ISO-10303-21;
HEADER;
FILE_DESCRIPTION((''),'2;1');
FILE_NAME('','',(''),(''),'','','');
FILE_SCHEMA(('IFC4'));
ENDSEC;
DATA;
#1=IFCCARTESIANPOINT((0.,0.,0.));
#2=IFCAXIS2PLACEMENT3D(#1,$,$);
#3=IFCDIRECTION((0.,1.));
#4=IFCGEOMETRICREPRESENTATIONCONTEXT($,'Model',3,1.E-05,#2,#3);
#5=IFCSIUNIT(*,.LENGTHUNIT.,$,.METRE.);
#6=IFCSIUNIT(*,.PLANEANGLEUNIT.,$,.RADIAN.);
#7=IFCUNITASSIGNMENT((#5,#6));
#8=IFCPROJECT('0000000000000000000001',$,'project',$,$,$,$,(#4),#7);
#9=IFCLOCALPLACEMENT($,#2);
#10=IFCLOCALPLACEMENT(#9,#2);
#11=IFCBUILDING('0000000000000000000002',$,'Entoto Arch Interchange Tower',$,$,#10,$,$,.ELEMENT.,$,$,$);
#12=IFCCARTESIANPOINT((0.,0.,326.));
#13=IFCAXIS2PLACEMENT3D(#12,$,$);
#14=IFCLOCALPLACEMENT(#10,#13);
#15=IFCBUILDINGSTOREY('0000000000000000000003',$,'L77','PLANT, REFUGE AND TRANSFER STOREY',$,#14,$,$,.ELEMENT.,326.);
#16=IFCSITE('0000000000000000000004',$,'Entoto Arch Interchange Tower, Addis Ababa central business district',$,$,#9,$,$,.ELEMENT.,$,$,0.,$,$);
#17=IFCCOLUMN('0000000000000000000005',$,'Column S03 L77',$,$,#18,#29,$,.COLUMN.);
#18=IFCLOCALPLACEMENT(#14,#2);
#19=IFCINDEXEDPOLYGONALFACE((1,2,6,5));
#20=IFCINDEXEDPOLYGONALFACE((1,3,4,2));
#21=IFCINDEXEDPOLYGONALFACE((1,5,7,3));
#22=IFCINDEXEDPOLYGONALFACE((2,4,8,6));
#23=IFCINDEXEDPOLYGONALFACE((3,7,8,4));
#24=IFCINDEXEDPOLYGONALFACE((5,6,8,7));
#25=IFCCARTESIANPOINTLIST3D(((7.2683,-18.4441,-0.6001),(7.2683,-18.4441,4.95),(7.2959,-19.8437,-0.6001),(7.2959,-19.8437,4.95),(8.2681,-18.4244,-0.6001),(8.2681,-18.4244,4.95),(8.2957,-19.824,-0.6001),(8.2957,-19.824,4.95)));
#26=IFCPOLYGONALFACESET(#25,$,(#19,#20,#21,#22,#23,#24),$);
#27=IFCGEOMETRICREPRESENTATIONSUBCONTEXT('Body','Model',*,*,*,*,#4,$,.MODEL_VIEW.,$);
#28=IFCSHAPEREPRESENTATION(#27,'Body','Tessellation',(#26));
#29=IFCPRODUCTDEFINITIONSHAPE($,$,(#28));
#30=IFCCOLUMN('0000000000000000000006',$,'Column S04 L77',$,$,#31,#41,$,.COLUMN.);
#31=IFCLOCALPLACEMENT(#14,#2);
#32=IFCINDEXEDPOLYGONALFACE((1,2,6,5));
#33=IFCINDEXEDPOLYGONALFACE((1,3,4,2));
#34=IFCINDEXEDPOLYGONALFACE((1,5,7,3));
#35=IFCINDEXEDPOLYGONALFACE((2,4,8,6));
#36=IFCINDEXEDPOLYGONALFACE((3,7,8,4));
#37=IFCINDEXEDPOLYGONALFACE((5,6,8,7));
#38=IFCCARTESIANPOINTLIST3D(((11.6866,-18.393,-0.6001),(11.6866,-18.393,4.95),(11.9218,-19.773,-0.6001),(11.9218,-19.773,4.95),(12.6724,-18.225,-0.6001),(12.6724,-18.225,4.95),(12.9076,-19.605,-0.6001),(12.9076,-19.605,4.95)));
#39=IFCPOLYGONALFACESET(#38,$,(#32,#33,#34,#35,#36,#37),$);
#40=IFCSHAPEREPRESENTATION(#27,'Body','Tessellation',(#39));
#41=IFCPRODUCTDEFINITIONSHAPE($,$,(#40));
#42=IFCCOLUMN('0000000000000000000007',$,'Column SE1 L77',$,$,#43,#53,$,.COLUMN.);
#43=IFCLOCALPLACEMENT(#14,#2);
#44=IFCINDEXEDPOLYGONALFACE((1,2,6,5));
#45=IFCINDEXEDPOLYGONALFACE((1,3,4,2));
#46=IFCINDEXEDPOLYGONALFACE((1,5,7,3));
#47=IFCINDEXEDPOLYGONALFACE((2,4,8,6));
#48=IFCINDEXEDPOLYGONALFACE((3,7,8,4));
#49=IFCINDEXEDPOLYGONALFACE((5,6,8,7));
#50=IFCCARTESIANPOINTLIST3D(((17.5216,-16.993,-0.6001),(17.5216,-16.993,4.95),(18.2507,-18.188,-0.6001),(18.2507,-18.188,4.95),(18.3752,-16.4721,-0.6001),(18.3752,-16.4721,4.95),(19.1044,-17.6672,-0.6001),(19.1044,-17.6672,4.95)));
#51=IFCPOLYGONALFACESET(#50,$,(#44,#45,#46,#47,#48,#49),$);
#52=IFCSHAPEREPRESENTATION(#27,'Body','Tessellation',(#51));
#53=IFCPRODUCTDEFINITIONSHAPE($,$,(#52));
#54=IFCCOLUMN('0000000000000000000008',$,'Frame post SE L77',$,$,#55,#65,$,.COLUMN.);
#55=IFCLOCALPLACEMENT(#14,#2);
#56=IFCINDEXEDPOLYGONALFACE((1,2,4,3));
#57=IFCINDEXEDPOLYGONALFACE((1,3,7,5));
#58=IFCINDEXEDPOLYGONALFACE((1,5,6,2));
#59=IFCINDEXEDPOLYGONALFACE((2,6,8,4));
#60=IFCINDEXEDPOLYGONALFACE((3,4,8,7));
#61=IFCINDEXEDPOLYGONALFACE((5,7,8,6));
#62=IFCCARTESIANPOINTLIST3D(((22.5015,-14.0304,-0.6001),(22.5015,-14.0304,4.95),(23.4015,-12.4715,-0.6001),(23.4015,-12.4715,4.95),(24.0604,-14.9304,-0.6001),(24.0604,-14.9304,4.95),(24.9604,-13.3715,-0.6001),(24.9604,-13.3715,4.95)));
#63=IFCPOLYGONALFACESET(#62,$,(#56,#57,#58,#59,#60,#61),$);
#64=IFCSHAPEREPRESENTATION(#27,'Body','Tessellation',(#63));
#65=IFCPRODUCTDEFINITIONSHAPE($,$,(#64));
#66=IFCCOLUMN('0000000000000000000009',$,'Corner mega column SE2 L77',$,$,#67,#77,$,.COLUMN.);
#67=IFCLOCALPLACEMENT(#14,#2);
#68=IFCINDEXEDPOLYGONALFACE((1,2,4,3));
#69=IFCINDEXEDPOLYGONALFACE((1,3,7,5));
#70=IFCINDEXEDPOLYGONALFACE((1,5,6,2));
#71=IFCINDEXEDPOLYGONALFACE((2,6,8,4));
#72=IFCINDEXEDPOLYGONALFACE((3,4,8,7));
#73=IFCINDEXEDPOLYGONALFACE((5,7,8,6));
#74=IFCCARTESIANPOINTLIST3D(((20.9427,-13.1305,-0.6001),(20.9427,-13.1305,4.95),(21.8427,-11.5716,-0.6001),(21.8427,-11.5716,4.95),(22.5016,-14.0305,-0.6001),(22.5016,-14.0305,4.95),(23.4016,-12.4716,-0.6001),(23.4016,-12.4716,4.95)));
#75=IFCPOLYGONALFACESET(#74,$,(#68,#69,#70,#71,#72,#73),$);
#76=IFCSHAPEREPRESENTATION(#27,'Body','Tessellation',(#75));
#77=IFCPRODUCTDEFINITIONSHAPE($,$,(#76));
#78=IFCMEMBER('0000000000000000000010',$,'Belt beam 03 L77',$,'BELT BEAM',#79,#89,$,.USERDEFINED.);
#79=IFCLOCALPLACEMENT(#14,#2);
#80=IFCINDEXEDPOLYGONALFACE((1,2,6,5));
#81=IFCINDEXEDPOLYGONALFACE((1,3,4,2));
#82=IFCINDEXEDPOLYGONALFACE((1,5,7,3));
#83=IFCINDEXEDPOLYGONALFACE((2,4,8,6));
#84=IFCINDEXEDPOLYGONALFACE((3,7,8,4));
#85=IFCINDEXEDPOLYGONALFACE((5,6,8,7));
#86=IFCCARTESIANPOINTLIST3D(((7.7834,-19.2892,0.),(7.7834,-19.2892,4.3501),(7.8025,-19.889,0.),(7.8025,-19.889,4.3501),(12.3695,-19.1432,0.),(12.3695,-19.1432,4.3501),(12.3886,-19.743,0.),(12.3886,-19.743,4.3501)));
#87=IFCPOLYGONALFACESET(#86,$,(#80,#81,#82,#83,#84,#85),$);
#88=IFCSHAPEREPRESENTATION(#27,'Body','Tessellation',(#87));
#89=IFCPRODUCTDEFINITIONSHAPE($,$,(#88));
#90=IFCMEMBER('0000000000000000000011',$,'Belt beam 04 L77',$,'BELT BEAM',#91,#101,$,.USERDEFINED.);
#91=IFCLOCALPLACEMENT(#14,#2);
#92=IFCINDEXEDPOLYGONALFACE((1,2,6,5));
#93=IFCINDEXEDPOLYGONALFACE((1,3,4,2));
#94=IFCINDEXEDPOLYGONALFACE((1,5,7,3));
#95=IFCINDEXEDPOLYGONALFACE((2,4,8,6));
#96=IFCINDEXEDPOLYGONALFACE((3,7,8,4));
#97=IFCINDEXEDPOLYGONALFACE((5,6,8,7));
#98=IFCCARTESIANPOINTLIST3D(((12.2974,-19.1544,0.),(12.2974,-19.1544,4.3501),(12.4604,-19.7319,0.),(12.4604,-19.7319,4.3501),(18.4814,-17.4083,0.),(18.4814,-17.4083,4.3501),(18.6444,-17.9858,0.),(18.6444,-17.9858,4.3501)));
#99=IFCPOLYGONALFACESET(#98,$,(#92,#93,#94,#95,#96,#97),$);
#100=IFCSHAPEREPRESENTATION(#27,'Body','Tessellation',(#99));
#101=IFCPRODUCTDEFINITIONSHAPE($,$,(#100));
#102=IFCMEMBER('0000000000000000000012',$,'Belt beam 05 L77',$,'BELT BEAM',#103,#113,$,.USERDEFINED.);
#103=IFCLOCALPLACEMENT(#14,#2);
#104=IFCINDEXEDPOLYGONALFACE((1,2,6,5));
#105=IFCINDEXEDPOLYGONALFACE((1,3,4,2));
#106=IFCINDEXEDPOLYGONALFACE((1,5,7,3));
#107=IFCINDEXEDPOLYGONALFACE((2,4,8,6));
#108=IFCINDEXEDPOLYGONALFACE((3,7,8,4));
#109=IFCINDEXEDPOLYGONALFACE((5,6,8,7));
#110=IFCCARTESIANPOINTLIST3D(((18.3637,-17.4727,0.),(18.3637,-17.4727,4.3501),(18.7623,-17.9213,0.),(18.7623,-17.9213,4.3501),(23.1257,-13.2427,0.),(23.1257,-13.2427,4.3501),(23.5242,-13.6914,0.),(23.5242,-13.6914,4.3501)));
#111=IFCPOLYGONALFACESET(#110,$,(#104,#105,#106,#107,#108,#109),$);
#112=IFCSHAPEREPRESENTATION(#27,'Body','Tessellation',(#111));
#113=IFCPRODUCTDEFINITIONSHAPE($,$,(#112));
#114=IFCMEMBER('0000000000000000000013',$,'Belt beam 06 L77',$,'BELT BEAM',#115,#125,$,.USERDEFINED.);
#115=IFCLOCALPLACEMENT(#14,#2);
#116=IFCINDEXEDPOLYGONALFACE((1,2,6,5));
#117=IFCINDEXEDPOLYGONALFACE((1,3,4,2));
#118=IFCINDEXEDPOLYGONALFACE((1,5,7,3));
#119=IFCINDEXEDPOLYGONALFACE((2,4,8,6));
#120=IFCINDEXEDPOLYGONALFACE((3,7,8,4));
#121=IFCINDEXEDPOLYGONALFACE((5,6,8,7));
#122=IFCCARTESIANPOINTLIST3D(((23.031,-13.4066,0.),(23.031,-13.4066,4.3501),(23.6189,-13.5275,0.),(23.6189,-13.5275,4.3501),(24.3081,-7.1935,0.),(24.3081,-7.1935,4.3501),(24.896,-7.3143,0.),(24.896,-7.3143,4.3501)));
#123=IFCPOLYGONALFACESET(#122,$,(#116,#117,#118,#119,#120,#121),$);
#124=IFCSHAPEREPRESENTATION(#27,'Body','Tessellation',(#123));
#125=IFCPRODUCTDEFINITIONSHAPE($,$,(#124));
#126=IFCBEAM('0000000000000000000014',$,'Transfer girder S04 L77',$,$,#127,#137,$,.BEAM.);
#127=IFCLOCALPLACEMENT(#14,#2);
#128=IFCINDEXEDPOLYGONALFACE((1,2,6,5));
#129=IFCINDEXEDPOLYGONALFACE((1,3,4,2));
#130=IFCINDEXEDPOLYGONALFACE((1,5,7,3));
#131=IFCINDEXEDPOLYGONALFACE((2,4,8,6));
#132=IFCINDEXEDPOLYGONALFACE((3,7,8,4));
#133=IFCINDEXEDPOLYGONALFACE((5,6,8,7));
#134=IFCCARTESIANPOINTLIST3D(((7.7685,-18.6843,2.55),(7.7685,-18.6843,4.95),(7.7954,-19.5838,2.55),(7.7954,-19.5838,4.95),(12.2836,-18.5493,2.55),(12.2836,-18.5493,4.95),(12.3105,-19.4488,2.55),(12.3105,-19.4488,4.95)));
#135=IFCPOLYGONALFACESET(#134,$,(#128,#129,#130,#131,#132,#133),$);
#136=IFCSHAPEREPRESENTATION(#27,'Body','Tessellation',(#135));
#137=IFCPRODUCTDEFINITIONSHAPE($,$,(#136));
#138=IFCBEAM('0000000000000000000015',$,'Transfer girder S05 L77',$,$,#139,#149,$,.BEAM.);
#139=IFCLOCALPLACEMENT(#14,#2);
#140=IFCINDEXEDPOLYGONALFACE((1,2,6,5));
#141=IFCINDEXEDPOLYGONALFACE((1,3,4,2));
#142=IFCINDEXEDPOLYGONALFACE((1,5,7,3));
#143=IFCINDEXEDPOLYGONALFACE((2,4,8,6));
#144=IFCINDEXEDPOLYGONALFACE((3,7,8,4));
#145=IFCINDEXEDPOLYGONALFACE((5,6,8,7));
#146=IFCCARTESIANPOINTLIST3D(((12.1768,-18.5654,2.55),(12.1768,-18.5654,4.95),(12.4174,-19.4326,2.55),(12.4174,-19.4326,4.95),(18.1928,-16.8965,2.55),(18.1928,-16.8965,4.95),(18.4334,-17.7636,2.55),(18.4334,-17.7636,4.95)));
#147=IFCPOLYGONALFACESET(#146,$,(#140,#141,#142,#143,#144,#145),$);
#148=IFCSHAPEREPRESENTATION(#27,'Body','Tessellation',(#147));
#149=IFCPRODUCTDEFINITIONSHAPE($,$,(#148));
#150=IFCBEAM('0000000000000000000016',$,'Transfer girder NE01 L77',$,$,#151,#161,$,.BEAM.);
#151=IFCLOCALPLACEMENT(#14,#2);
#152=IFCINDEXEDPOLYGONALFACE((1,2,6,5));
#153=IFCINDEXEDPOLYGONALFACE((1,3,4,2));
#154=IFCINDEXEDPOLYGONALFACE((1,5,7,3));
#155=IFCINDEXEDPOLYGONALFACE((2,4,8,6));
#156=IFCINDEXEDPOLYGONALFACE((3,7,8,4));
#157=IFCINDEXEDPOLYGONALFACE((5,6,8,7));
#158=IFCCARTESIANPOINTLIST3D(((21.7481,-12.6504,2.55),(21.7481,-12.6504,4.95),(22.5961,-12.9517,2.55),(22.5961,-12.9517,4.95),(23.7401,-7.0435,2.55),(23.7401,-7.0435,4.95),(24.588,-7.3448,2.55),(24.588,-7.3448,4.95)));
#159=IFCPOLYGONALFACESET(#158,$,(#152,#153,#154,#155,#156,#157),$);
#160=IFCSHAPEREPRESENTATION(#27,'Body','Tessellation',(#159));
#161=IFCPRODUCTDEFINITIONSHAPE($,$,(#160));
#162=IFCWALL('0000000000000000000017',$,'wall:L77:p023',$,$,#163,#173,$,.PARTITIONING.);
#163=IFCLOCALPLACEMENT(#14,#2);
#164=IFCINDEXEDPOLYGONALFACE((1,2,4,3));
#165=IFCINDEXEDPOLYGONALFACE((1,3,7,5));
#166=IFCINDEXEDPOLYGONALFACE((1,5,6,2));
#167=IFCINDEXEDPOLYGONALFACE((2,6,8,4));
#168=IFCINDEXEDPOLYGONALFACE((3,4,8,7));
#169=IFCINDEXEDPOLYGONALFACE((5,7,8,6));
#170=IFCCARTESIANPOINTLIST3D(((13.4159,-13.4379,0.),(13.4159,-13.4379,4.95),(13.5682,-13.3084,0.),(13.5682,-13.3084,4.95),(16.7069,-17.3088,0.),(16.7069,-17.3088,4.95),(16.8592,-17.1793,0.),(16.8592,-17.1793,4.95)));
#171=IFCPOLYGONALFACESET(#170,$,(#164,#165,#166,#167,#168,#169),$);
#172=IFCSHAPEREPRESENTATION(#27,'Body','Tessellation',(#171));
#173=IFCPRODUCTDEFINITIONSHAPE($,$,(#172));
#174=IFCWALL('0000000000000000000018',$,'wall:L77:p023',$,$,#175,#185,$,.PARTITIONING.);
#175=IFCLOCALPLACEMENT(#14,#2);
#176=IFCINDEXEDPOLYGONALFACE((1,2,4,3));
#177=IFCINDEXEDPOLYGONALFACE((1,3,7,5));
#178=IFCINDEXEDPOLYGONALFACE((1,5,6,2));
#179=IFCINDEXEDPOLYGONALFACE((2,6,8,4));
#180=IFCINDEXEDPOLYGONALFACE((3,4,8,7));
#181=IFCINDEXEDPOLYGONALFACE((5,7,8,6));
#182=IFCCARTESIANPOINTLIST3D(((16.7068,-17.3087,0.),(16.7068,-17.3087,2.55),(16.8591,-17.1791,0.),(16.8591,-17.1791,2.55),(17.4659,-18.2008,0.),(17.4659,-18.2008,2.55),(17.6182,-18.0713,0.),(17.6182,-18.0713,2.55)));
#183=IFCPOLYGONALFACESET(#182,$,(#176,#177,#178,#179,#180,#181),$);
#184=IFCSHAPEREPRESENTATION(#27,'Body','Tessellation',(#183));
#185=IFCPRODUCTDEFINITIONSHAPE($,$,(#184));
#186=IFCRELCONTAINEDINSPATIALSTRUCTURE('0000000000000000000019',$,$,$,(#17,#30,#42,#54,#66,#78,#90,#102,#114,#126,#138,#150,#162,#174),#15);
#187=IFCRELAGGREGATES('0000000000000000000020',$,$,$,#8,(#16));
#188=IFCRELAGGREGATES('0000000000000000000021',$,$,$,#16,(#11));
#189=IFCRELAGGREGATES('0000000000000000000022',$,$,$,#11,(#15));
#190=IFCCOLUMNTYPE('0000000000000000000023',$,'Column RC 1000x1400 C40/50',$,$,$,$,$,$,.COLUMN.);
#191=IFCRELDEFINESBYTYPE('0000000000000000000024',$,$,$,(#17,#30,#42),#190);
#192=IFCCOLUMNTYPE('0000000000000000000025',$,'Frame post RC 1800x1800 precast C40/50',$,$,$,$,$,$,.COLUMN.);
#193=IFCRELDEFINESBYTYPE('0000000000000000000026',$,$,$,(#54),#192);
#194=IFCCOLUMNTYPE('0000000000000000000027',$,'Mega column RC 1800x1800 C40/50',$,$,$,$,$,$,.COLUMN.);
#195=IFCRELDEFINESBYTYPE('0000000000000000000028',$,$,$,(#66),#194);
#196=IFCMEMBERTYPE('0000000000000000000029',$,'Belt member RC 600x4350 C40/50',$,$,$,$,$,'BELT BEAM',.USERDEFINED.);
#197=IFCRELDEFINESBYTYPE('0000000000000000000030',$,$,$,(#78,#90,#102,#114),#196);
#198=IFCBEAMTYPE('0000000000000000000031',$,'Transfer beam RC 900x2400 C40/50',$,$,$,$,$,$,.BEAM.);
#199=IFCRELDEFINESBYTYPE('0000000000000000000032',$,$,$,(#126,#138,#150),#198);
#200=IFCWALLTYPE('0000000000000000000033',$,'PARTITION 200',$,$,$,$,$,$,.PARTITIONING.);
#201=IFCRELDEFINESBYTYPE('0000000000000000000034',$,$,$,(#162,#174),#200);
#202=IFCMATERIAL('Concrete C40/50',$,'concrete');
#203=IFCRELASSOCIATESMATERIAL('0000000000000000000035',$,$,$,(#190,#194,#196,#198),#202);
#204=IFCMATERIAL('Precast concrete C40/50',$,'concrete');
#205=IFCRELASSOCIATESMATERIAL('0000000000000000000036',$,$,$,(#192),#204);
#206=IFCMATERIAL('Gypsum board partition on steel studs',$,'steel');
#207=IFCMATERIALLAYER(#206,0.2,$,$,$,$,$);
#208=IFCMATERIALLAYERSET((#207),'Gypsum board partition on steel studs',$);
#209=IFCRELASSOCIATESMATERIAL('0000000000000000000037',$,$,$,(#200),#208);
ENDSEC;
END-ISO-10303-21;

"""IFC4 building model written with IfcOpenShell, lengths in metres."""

from ifc_helpers import new_model, si_unit, direction, frame, frame_2d, origin, origin_2d, place, context, subcontext, project, spatial, rectangle, extrude, material, layer, layer_set, material_profile, profile_set, type_object, element, save


model = new_model("IFC4")

# Units and contexts
model_context = context("Model", 3, precision=1e-05, world=origin(), true_north=direction((0.0, 1.0)))
body_context = subcontext(model_context, "Body", "Model", "MODEL_VIEW")
ifc_project = project(units=[si_unit("LENGTHUNIT", "METRE"), si_unit("PLANEANGLEUNIT", "RADIAN")], contexts=[model_context])

# Site, building, storey
site_placement = place(None, origin())
site = spatial("IfcSite", under=ifc_project, at=site_placement, Name="Entoto Arch Interchange Tower, Addis Ababa central business district", CompositionType="ELEMENT", RefElevation=0.0)
building_placement = place(site_placement, origin())
building = spatial("IfcBuilding", under=site, at=building_placement, Name="Entoto Arch Interchange Tower", CompositionType="ELEMENT")
storey_placement = place(building_placement, frame((0.0, 0.0, 326.0)))
storey = spatial("IfcBuildingStorey", under=building, at=storey_placement, Name="L77", Description="PLANT, REFUGE AND TRANSFER STOREY", CompositionType="ELEMENT", Elevation=326.0)

# Columns
ifc_material_1 = material(Name="Concrete C40/50", Category="concrete")
ifc_material_profile_1 = material_profile(ifc_material_1, rectangle(XDim=1.0, YDim=1.3999, at=origin_2d()))
ifc_profile_set_1 = profile_set([ifc_material_profile_1], Name="Concrete C40/50")
column_type_1 = type_object("IfcColumnType", Name="Column RC 1000x1400 C40/50", PredefinedType="COLUMN", material=ifc_profile_set_1)
for number, where, z_axis, x_axis, name in (
    (1, (7.782, -19.134, -0.6001), (0.0, 0.0, 1.0), (0.999806, 0.019721, 0.0), "Column S03 L77"),
    (2, (12.2971, -18.999, -0.6001), (0.0, 0.0, 1.0), (0.985786, 0.168008, 0.0), "Column S04 L77"),
    (3, (18.313, -17.3301, -0.6001), (0.0, 0.0, 1.0), (0.853651, 0.520846, 0.0), "Column SE1 L77"),
):
    element("IfcColumn", number, at=place(storey_placement, frame(where, z_axis=z_axis, x_axis=x_axis)), inside=storey, type_object=column_type_1, Name=name, PredefinedType="COLUMN", context=body_context, shape_type="SweptSolid", body=[
        extrude(rectangle(XDim=1.0, YDim=1.3999, at=origin_2d()), origin(), (0.0, 0.0, 1.0), 5.55),
    ])
ifc_material_2 = material(Name="Precast concrete C40/50", Category="concrete")
ifc_material_profile_2 = material_profile(ifc_material_2, rectangle(XDim=1.8, YDim=1.8, at=origin_2d()))
ifc_profile_set_2 = profile_set([ifc_material_profile_2], Name="Precast concrete C40/50")
column_type_2 = type_object("IfcColumnType", Name="Frame post RC 1800x1800 precast C40/50", PredefinedType="COLUMN", material=ifc_profile_set_2)
column_1_placement = place(storey_placement, frame((23.731, -13.7009, -0.6001), z_axis=(0.0, 0.0, 1.0), x_axis=(-0.866025, 0.5, 0.0)))
element("IfcColumn", 4, at=column_1_placement, inside=storey, type_object=column_type_2, Name="Frame post SE L77", PredefinedType="COLUMN", context=body_context, shape_type="SweptSolid", body=[
    extrude(rectangle(XDim=1.8, YDim=1.8, at=origin_2d()), origin(), (0.0, 0.0, 1.0), 5.55),
])
ifc_material_profile_3 = material_profile(ifc_material_1, rectangle(XDim=1.8, YDim=1.8, at=origin_2d()))
ifc_profile_set_3 = profile_set([ifc_material_profile_3], Name="Concrete C40/50")
column_type_3 = type_object("IfcColumnType", Name="Mega column RC 1800x1800 C40/50", PredefinedType="COLUMN", material=ifc_profile_set_3)
column_2_placement = place(storey_placement, frame((22.1721, -12.801, -0.6001), z_axis=(0.0, 0.0, 1.0), x_axis=(-0.866025, 0.5, 0.0)))
element("IfcColumn", 5, at=column_2_placement, inside=storey, type_object=column_type_3, Name="Corner mega column SE2 L77", PredefinedType="COLUMN", context=body_context, shape_type="SweptSolid", body=[
    extrude(rectangle(XDim=1.8, YDim=1.8, at=origin_2d()), origin(), (0.0, 0.0, 1.0), 5.55),
])

# Members
ifc_material_profile_4 = material_profile(ifc_material_1, rectangle(XDim=0.6001, YDim=4.3501, at=origin_2d()))
ifc_profile_set_4 = profile_set([ifc_material_profile_4], Name="Concrete C40/50")
member_type = type_object("IfcMemberType", Name="Belt member RC 600x4350 C40/50", ElementType="BELT BEAM", PredefinedType="USERDEFINED", material=ifc_profile_set_4)
member_1_placement = place(storey_placement, frame((7.793, -19.5891, 2.175), z_axis=(0.999494, 0.031819, 0.0), x_axis=(-0.031819, 0.999494, 0.0)))
element("IfcMember", 6, at=member_1_placement, inside=storey, type_object=member_type, Name="Belt beam 03 L77", ObjectType="BELT BEAM", PredefinedType="USERDEFINED", context=body_context, shape_type="SweptSolid", body=[
    extrude(rectangle(XDim=0.6001, YDim=4.3501, at=origin_2d()), origin(), (0.0, 0.0, 1.0), 4.5884),
])
member_2_placement = place(storey_placement, frame((12.3789, -19.4431, 2.175), z_axis=(0.962374, 0.271729, 0.0), x_axis=(-0.271729, 0.962374, 0.0)))
element("IfcMember", 7, at=member_2_placement, inside=storey, type_object=member_type, Name="Belt beam 04 L77", ObjectType="BELT BEAM", PredefinedType="USERDEFINED", context=body_context, shape_type="SweptSolid", body=[
    extrude(rectangle(XDim=0.6001, YDim=4.3501, at=origin_2d()), origin(), (0.0, 0.0, 1.0), 6.4258),
])
member_3_placement = place(storey_placement, frame((18.563, -17.697, 2.175), z_axis=(0.747633, 0.664112, 0.0), x_axis=(-0.664112, 0.747633, 0.0)))
element("IfcMember", 8, at=member_3_placement, inside=storey, type_object=member_type, Name="Belt beam 05 L77", ObjectType="BELT BEAM", PredefinedType="USERDEFINED", context=body_context, shape_type="SweptSolid", body=[
    extrude(rectangle(XDim=0.6001, YDim=4.3501, at=origin_2d()), origin(), (0.0, 0.0, 1.0), 6.3694),
])
member_4_placement = place(storey_placement, frame((23.325, -13.467, 2.175), z_axis=(0.201339, 0.979522, 0.0), x_axis=(-0.979522, 0.201339, 0.0)))
element("IfcMember", 9, at=member_4_placement, inside=storey, type_object=member_type, Name="Belt beam 06 L77", ObjectType="BELT BEAM", PredefinedType="USERDEFINED", context=body_context, shape_type="SweptSolid", body=[
    extrude(rectangle(XDim=0.6001, YDim=4.3501, at=origin_2d()), origin(), (0.0, 0.0, 1.0), 6.343),
])

# Beams
ifc_material_profile_5 = material_profile(ifc_material_1, rectangle(XDim=0.8999, YDim=2.3999, at=origin_2d()))
ifc_profile_set_5 = profile_set([ifc_material_profile_5], Name="Concrete C40/50")
beam_type = type_object("IfcBeamType", Name="Transfer beam RC 900x2400 C40/50", PredefinedType="BEAM", material=ifc_profile_set_5)
beam_1_placement = place(storey_placement, frame((7.782, -19.134, 3.75), z_axis=(0.999553, 0.029888, 0.0), x_axis=(-0.029888, 0.999553, 0.0)))
element("IfcBeam", 10, at=beam_1_placement, inside=storey, type_object=beam_type, Name="Transfer girder S04 L77", PredefinedType="BEAM", context=body_context, shape_type="SweptSolid", body=[
    extrude(rectangle(XDim=0.8999, YDim=2.3999, at=origin_2d()), origin(), (0.0, 0.0, 1.0), 4.5171),
])
beam_2_placement = place(storey_placement, frame((12.2971, -18.999, 3.75), z_axis=(0.963606, 0.267327, 0.0), x_axis=(-0.267327, 0.963606, 0.0)))
element("IfcBeam", 11, at=beam_2_placement, inside=storey, type_object=beam_type, Name="Transfer girder S05 L77", PredefinedType="BEAM", context=body_context, shape_type="SweptSolid", body=[
    extrude(rectangle(XDim=0.8999, YDim=2.3999, at=origin_2d()), origin(), (0.0, 0.0, 1.0), 6.2432),
])
beam_3_placement = place(storey_placement, frame((22.1721, -12.801, 3.75), z_axis=(0.334766, 0.942301, 0.0), x_axis=(-0.942301, 0.334766, 0.0)))
element("IfcBeam", 12, at=beam_3_placement, inside=storey, type_object=beam_type, Name="Transfer girder NE01 L77", PredefinedType="BEAM", context=body_context, shape_type="SweptSolid", body=[
    extrude(rectangle(XDim=0.8999, YDim=2.3999, at=origin_2d()), origin(), (0.0, 0.0, 1.0), 5.9502),
])

# Walls
ifc_material_3 = material(Name="Gypsum board partition on steel studs", Category="steel")
ifc_layer_1 = layer(ifc_material_3, 0.2)
ifc_layer_set_1 = layer_set([ifc_layer_1], Name="Gypsum board partition on steel studs")
wall_type_1 = type_object("IfcWallType", Name="PARTITION 200", PredefinedType="PARTITIONING", material=ifc_layer_set_1)
wall_1_placement = place(storey_placement, frame((13.4919, -13.373, 0.0), z_axis=(0.0, 0.0, 1.0), x_axis=(0.647739, -0.761862, 0.0)))
element("IfcWall", 13, at=wall_1_placement, inside=storey, type_object=wall_type_1, Name="wall:L77:p023", PredefinedType="PARTITIONING", context=body_context, shape_type="SweptSolid", body=[
    extrude(rectangle(XDim=5.0808, YDim=0.2, at=frame_2d((2.5405, 0.0))), origin(), (0.0, 0.0, 1.0), 4.95),
])
wall_2_placement = place(storey_placement, frame((16.783, -17.2439, 0.0), z_axis=(0.0, 0.0, 1.0), x_axis=(0.648023, -0.76162, 0.0)))
element("IfcWall", 14, at=wall_2_placement, inside=storey, type_object=wall_type_1, Name="wall:L77:p023", PredefinedType="PARTITIONING", context=body_context, shape_type="SweptSolid", body=[
    extrude(rectangle(XDim=1.1714, YDim=0.2, at=frame_2d((0.5857, 0.0))), origin(), (0.0, 0.0, 1.0), 2.55),
])

save(model, "model.ifc")
